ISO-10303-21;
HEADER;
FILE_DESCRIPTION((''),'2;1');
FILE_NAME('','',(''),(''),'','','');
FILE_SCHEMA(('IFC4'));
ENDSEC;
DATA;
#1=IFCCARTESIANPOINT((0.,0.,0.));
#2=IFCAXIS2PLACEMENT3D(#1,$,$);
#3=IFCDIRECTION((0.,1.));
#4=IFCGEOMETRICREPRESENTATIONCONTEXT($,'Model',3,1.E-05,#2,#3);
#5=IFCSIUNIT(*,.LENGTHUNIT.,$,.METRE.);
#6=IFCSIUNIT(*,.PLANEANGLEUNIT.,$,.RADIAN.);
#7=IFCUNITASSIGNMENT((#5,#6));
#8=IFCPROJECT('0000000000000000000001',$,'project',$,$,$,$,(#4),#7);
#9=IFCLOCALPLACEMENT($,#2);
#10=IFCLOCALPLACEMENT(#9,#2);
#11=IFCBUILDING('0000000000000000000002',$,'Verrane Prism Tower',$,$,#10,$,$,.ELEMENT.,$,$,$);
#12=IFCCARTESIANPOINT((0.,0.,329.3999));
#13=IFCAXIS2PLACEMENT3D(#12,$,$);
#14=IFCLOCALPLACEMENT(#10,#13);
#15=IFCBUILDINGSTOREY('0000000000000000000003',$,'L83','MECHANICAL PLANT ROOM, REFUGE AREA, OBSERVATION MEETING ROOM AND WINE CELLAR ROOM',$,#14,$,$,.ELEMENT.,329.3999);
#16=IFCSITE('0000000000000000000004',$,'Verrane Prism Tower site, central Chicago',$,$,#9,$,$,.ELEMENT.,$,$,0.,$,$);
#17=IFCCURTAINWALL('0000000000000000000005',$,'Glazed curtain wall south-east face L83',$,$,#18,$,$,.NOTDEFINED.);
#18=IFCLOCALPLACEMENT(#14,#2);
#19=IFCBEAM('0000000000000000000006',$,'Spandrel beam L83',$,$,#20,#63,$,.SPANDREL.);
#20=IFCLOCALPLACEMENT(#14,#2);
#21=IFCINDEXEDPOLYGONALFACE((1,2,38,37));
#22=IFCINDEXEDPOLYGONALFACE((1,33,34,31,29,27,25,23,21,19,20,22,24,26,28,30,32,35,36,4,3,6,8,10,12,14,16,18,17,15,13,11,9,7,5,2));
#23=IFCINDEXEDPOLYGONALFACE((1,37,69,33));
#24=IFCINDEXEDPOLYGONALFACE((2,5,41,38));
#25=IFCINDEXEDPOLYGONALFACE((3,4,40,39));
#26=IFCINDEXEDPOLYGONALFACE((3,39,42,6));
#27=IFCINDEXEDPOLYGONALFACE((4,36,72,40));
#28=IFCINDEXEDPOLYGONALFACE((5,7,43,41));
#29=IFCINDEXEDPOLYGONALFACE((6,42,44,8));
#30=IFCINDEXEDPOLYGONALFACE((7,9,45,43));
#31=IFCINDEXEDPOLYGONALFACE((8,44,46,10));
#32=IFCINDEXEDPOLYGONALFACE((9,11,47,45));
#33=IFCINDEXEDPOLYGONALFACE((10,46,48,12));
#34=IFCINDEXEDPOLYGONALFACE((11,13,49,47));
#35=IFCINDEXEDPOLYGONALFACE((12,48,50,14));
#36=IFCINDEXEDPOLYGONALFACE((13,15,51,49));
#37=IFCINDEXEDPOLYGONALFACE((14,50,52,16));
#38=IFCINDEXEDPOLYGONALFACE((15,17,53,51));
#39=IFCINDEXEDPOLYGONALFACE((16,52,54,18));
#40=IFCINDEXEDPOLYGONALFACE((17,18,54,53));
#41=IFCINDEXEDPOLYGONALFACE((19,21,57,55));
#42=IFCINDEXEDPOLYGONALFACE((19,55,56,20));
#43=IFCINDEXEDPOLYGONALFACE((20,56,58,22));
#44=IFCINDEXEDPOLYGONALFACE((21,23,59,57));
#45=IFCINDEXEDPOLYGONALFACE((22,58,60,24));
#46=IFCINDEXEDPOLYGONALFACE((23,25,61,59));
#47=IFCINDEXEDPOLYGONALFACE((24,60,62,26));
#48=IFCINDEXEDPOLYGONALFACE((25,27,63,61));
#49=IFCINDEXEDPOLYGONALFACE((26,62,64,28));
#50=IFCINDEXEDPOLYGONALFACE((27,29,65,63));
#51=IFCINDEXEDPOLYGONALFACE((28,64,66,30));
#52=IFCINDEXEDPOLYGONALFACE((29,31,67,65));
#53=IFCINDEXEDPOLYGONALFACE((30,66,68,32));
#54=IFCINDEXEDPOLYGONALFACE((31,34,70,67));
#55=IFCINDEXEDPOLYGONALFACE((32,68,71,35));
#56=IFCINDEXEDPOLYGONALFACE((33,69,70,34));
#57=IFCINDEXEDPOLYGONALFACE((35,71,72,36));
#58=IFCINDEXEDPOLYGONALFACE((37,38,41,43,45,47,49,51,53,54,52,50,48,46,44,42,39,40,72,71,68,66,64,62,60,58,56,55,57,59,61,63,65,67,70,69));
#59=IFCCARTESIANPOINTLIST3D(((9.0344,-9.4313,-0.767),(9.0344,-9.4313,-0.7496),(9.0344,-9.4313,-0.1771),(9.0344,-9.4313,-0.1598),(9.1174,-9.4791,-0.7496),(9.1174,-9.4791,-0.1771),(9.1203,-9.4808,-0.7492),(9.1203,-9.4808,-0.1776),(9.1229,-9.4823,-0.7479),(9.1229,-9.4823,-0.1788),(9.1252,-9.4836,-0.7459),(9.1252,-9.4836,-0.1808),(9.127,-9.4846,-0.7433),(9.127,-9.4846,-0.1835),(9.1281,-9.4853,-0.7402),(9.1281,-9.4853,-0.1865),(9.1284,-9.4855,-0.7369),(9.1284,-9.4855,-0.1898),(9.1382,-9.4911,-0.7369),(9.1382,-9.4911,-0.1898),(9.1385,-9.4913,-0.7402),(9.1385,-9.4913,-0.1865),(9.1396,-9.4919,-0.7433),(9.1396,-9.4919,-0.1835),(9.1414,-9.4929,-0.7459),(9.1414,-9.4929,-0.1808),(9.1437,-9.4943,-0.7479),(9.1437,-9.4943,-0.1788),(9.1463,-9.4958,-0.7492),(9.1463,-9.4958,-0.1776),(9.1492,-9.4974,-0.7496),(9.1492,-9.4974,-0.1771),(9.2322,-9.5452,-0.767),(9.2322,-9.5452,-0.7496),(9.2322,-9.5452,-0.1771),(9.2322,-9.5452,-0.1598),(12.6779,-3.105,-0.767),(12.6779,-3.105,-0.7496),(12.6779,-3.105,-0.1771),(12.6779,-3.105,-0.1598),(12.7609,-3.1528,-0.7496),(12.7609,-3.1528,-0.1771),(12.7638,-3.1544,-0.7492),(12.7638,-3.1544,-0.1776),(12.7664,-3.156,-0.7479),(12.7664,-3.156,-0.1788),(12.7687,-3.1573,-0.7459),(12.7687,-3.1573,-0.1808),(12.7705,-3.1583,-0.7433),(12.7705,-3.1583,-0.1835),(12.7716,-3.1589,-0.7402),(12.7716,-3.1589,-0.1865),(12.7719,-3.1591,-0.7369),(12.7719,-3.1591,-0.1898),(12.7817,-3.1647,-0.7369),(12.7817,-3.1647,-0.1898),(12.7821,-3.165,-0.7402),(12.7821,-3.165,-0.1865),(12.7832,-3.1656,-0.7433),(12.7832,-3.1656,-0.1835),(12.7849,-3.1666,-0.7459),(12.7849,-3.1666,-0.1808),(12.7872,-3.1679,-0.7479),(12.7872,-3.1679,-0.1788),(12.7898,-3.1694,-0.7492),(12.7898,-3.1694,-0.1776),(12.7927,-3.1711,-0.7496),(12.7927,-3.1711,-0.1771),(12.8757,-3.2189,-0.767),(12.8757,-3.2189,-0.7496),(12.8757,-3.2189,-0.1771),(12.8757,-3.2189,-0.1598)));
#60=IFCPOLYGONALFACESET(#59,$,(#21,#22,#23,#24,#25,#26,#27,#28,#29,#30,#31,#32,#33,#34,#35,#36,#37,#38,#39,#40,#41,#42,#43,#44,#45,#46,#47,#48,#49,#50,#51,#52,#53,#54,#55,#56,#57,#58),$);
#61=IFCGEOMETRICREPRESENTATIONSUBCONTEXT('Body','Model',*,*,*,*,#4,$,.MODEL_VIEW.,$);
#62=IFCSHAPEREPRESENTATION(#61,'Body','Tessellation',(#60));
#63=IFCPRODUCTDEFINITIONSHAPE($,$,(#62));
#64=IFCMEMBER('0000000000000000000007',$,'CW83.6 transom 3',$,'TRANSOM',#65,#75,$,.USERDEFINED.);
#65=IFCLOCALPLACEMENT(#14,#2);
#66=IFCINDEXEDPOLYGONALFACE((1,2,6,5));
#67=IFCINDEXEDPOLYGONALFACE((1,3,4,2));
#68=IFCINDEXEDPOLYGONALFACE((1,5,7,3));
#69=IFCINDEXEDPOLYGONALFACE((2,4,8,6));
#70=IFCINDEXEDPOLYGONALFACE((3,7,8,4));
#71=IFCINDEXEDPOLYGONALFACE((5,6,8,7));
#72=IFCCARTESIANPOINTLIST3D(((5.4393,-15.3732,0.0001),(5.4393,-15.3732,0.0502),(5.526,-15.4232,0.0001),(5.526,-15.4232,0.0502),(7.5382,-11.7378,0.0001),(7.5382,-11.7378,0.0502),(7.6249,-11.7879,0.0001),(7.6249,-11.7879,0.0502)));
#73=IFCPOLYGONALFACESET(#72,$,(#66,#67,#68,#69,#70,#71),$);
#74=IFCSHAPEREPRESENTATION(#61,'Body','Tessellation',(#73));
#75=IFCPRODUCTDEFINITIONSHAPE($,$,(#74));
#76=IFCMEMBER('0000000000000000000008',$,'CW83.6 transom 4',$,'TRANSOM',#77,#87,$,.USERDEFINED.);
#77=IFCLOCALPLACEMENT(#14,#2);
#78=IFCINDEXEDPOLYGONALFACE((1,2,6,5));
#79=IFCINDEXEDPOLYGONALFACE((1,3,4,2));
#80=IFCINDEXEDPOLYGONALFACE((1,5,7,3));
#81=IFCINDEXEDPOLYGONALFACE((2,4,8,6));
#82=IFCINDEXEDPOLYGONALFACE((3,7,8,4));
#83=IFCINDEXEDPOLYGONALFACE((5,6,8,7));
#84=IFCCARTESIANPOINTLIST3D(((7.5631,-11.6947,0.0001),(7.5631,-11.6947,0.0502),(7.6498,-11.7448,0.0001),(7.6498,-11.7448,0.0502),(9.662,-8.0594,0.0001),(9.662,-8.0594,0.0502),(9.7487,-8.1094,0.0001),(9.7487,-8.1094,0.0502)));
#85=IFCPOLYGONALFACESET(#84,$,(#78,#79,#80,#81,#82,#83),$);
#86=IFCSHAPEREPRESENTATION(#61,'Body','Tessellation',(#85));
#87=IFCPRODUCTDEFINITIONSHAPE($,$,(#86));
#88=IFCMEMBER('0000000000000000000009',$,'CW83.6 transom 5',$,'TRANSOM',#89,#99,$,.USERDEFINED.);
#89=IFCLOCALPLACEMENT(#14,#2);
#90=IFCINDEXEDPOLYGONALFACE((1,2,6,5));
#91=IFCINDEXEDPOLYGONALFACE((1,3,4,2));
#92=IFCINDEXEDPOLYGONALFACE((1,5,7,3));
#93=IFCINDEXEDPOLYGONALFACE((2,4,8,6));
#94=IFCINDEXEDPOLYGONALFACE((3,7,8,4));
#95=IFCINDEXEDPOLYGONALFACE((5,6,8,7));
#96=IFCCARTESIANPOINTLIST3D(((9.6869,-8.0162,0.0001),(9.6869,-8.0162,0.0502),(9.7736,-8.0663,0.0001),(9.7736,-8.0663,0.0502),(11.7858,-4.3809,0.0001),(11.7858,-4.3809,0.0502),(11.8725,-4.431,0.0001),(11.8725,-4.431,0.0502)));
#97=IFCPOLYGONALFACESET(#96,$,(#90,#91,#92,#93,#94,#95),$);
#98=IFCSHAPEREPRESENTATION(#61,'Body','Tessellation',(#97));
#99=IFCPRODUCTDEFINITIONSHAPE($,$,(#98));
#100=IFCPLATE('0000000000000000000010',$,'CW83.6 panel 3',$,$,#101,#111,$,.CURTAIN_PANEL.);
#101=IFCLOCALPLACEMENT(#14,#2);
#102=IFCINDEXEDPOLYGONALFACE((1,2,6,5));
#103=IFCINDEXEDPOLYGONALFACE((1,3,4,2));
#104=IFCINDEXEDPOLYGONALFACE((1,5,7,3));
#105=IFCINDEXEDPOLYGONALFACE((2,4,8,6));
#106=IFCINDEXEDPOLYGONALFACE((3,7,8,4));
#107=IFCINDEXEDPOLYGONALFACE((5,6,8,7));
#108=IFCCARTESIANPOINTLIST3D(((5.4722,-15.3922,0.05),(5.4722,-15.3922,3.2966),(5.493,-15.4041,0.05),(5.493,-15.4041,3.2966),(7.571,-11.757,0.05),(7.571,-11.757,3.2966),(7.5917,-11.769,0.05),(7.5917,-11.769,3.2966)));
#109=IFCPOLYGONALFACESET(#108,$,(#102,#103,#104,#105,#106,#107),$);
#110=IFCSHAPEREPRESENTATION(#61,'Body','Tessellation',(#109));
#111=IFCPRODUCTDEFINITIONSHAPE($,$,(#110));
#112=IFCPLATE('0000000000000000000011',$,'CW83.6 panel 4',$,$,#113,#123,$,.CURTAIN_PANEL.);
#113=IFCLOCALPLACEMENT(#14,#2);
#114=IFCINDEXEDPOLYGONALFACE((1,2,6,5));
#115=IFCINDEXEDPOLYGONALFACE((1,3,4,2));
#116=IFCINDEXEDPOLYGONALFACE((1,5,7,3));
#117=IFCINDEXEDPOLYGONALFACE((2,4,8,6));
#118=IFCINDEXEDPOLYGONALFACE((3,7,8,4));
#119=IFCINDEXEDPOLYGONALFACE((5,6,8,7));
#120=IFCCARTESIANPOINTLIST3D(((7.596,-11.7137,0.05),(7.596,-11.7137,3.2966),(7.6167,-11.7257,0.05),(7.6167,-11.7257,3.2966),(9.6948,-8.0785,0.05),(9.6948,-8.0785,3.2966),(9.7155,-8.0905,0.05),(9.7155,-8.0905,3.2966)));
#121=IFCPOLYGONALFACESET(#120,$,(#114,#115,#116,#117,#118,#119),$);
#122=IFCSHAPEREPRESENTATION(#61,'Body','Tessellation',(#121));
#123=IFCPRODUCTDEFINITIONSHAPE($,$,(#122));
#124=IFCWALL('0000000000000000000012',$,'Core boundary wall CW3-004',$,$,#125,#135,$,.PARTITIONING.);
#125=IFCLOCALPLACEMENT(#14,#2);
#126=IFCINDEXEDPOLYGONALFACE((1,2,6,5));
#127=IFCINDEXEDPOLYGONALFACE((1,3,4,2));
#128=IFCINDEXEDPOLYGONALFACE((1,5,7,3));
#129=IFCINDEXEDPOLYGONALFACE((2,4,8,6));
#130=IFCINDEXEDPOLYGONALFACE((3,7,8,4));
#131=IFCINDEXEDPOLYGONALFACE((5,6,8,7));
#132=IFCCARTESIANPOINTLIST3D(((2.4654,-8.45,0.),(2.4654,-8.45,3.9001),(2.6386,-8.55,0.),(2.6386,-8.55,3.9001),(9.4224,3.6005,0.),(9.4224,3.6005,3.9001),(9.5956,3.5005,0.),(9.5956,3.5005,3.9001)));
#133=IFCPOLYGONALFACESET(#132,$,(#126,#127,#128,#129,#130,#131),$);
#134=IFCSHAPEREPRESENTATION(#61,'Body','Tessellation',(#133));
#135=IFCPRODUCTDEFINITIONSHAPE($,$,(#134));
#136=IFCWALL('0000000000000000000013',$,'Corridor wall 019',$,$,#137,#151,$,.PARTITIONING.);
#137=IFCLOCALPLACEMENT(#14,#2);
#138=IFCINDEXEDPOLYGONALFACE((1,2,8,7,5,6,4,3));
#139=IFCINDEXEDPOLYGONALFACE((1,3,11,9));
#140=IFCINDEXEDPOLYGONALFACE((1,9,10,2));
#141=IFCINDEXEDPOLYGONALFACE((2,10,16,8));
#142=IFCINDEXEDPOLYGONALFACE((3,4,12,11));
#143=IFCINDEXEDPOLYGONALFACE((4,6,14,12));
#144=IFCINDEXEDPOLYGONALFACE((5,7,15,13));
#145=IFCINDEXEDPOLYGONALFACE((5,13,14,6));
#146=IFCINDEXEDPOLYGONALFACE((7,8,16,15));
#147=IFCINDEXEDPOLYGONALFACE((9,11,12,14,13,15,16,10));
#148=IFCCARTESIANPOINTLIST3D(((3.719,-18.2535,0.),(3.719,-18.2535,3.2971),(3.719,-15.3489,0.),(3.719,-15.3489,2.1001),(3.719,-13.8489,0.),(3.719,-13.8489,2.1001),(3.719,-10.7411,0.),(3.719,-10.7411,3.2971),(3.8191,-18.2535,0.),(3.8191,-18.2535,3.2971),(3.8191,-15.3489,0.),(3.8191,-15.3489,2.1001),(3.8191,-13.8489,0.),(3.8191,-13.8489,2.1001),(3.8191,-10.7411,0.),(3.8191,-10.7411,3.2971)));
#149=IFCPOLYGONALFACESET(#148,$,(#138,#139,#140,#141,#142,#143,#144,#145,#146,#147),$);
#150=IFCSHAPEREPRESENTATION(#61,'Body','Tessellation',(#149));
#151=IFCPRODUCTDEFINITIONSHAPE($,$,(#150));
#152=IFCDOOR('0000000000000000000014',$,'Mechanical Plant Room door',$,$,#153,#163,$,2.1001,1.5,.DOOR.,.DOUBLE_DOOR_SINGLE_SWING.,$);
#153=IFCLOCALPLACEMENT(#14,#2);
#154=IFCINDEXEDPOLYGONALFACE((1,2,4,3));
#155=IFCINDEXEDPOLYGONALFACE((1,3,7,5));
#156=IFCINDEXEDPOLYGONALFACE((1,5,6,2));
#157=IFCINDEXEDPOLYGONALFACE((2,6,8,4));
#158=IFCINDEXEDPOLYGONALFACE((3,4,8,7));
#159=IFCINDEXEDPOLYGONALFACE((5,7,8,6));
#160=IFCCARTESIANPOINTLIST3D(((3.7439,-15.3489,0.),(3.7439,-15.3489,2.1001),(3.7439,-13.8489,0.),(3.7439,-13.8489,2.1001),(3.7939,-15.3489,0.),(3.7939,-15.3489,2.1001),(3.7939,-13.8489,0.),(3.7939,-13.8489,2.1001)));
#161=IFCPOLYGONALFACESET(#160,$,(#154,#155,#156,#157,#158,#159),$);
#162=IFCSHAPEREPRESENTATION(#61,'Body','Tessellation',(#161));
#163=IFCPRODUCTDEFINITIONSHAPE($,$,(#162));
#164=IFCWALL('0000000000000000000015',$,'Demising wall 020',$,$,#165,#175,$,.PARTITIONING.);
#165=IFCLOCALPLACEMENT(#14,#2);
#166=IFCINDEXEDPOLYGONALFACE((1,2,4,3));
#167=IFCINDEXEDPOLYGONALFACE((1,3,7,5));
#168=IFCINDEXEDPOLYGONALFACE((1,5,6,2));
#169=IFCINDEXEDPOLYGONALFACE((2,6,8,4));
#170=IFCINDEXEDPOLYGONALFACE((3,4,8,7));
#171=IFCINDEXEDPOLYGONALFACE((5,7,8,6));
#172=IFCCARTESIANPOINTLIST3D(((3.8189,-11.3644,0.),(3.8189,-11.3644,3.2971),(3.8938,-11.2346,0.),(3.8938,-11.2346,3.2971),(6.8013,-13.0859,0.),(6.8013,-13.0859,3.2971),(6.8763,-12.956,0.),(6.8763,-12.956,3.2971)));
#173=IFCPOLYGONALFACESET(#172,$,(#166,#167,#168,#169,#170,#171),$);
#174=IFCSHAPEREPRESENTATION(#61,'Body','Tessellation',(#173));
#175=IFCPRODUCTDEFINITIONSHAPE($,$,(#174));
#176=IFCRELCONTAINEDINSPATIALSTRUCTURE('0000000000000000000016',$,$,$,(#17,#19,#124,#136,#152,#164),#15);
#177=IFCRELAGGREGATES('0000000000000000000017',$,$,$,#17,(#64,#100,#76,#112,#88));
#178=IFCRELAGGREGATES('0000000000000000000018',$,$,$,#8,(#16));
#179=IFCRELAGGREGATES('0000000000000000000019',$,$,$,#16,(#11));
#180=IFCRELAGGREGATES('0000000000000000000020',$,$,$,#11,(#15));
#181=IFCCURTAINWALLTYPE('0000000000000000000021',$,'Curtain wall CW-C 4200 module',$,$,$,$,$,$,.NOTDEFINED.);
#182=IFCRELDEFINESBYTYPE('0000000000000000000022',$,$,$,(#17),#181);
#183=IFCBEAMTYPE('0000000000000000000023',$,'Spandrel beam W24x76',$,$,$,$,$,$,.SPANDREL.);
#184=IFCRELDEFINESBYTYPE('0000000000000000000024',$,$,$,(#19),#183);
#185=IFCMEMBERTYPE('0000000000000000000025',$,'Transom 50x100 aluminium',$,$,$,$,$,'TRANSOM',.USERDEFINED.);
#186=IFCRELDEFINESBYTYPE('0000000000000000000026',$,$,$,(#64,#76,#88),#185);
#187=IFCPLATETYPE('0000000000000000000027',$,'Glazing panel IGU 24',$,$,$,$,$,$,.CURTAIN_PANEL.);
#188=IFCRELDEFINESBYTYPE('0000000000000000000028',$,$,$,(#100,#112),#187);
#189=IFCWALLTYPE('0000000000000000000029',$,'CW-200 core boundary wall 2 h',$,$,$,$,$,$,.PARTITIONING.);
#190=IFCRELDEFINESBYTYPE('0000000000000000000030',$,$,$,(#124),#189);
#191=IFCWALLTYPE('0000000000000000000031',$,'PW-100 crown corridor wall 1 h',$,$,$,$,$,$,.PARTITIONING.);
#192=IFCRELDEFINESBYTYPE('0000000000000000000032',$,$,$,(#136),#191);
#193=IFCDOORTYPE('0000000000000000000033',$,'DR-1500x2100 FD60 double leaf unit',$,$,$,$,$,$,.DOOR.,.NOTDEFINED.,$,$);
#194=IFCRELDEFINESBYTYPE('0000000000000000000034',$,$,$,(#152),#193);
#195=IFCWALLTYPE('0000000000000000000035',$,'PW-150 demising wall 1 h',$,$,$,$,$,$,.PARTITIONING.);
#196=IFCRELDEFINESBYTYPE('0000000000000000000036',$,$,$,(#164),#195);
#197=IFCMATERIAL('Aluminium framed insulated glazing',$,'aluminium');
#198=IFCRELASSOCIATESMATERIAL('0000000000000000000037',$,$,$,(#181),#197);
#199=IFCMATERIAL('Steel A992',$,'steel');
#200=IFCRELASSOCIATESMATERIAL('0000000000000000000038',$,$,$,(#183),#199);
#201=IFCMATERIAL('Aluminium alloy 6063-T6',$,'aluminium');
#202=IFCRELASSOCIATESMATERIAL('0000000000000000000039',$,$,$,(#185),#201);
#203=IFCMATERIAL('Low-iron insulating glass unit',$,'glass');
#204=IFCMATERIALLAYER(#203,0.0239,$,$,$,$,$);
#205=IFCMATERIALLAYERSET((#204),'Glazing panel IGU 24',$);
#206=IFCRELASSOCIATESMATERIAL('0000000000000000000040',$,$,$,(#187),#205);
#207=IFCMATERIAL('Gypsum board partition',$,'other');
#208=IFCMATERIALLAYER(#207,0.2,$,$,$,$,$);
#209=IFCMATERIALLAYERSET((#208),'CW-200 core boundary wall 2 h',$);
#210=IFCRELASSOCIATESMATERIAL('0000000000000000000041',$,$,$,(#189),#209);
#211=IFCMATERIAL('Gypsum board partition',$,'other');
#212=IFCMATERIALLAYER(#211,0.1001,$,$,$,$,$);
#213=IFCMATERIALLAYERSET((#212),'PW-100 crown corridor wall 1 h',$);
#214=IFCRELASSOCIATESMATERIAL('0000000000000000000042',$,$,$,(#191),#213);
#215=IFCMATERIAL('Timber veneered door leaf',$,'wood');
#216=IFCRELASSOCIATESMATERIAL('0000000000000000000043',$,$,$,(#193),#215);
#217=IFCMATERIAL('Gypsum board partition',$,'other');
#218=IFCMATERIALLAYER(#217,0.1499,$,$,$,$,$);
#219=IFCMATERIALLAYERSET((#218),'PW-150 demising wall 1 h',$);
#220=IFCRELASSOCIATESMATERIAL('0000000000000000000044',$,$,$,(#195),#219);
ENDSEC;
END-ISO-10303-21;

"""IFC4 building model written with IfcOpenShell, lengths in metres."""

from ifc_helpers import new_model, si_unit, direction, frame, frame_2d, origin, origin_2d, place, context, subcontext, project, spatial, rectangle, i_section, extrude, material, layer, layer_set, material_profile, profile_set, type_object, element, fill, aggregate, save


model = new_model("IFC4")

# Units and contexts
model_context = context("Model", 3, precision=1e-05, world=origin(), true_north=direction((0.0, 1.0)))
body_context = subcontext(model_context, "Body", "Model", "MODEL_VIEW")
ifc_project = project(units=[si_unit("LENGTHUNIT", "METRE"), si_unit("PLANEANGLEUNIT", "RADIAN")], contexts=[model_context])

# Site, building, storey
site_placement = place(None, origin())
site = spatial("IfcSite", under=ifc_project, at=site_placement, Name="Verrane Prism Tower site, central Chicago", CompositionType="ELEMENT", RefElevation=0.0)
building_placement = place(site_placement, origin())
building = spatial("IfcBuilding", under=site, at=building_placement, Name="Verrane Prism Tower", CompositionType="ELEMENT")
storey_placement = place(building_placement, frame((0.0, 0.0, 329.3999)))
storey = spatial("IfcBuildingStorey", under=building, at=storey_placement, Name="L83", Description="MECHANICAL PLANT ROOM, REFUGE AREA, OBSERVATION MEETING ROOM AND WINE CELLAR ROOM", CompositionType="ELEMENT", Elevation=329.3999)

# Curtain wall
ifc_material_1 = material(Name="Aluminium framed insulated glazing", Category="aluminium")
curtain_wall_type = type_object("IfcCurtainWallType", Name="Curtain wall CW-C 4200 module", PredefinedType="NOTDEFINED", material=ifc_material_1)
curtain_wall_placement = place(storey_placement, origin())
curtain_wall = element("IfcCurtainWall", 1, at=curtain_wall_placement, inside=storey, type_object=curtain_wall_type, Name="Glazed curtain wall south-east face L83", PredefinedType="NOTDEFINED")

# Beam
ifc_material_2 = material(Name="Steel A992", Category="steel")
ifc_material_profile_1 = material_profile(ifc_material_2, i_section(OverallWidth=0.2283, OverallDepth=0.6072, WebThickness=0.0112, FlangeThickness=0.0173, FilletRadius=0.0127, at=origin_2d()), Name="W24x76")
ifc_profile_set_1 = profile_set([ifc_material_profile_1], Name="Steel A992")
beam_type_1 = type_object("IfcBeamType", Name="Spandrel beam W24x76", PredefinedType="SPANDREL", material=ifc_profile_set_1)
beam_1_placement = place(storey_placement, frame((9.1333, -9.4883, -0.4634), z_axis=(0.499075, 0.866559, 0.0), x_axis=(-0.866559, 0.499075, 0.0)))
element("IfcBeam", 2, at=beam_1_placement, inside=storey, type_object=beam_type_1, Name="Spandrel beam L83", PredefinedType="SPANDREL", context=body_context, shape_type="SweptSolid", body=[
    extrude(i_section(OverallWidth=0.2283, OverallDepth=0.6072, WebThickness=0.0112, FlangeThickness=0.0173, FilletRadius=0.0127, at=origin_2d()), origin(), (0.0, 0.0, 1.0), 7.3005),
])

# Members
ifc_material_3 = material(Name="Aluminium alloy 6063-T6", Category="aluminium")
ifc_material_profile_2 = material_profile(ifc_material_3, rectangle(XDim=0.1001, YDim=0.05, at=origin_2d()), Name="Transom 50x100 aluminium")
ifc_profile_set_2 = profile_set([ifc_material_profile_2], Name="Aluminium alloy 6063-T6")
member_type_1 = type_object("IfcMemberType", Name="Transom 50x100 aluminium", ElementType="TRANSOM", PredefinedType="USERDEFINED", material=ifc_profile_set_2)
member_1_placement = place(storey_placement, frame((5.4827, -15.3982, 0.0251), z_axis=(0.500011, 0.866019, 0.0), x_axis=(-0.866019, 0.500011, 0.0)))
member_1 = element("IfcMember", 3, at=member_1_placement, type_object=member_type_1, Name="CW83.6 transom 3", ObjectType="TRANSOM", PredefinedType="USERDEFINED", context=body_context, shape_type="SweptSolid", body=[
    extrude(rectangle(XDim=0.1001, YDim=0.05, at=origin_2d()), origin(), (0.0, 0.0, 1.0), 4.1978),
])
member_2_placement = place(storey_placement, frame((7.6064, -11.7197, 0.0251), z_axis=(0.500011, 0.866019, 0.0), x_axis=(-0.866019, 0.500011, 0.0)))
member_2 = element("IfcMember", 4, at=member_2_placement, type_object=member_type_1, Name="CW83.6 transom 4", ObjectType="TRANSOM", PredefinedType="USERDEFINED", context=body_context, shape_type="SweptSolid", body=[
    extrude(rectangle(XDim=0.1001, YDim=0.05, at=origin_2d()), origin(), (0.0, 0.0, 1.0), 4.1978),
])
member_3_placement = place(storey_placement, frame((9.7302, -8.0413, 0.0251), z_axis=(0.500011, 0.866019, 0.0), x_axis=(-0.866019, 0.500011, 0.0)))
member_3 = element("IfcMember", 5, at=member_3_placement, type_object=member_type_1, Name="CW83.6 transom 5", ObjectType="TRANSOM", PredefinedType="USERDEFINED", context=body_context, shape_type="SweptSolid", body=[
    extrude(rectangle(XDim=0.1001, YDim=0.05, at=origin_2d()), origin(), (0.0, 0.0, 1.0), 4.1978),
])

# Plates
ifc_material_4 = material(Name="Low-iron insulating glass unit", Category="glass")
ifc_layer_1 = layer(ifc_material_4, 0.0239)
ifc_layer_set_1 = layer_set([ifc_layer_1], Name="Glazing panel IGU 24")
plate_type = type_object("IfcPlateType", Name="Glazing panel IGU 24", PredefinedType="CURTAIN_PANEL", material=ifc_layer_set_1)
plate_1_placement = place(storey_placement, frame((6.532, -13.5806, 0.05), z_axis=(0.0, 0.0, 1.0), x_axis=(0.5, 0.866025, 0.0)))
plate_1 = element("IfcPlate", 6, at=plate_1_placement, type_object=plate_type, Name="CW83.6 panel 3", PredefinedType="CURTAIN_PANEL", context=body_context, shape_type="SweptSolid", body=[
    extrude(rectangle(XDim=4.1975, YDim=0.0239, at=origin_2d()), origin(), (0.0, 0.0, 1.0), 3.2466),
])
plate_2_placement = place(storey_placement, frame((8.6558, -9.9021, 0.05), z_axis=(0.0, 0.0, 1.0), x_axis=(0.5, 0.866025, 0.0)))
plate_2 = element("IfcPlate", 7, at=plate_2_placement, type_object=plate_type, Name="CW83.6 panel 4", PredefinedType="CURTAIN_PANEL", context=body_context, shape_type="SweptSolid", body=[
    extrude(rectangle(XDim=4.1975, YDim=0.0239, at=origin_2d()), origin(), (0.0, 0.0, 1.0), 3.2466),
])
aggregate(curtain_wall, [member_1, plate_1, member_2, plate_2, member_3])

# Wall
ifc_material_5 = material(Name="Gypsum board partition", Category="other")
ifc_layer_2 = layer(ifc_material_5, 0.2)
ifc_layer_set_2 = layer_set([ifc_layer_2], Name="CW-200 core boundary wall 2 h")
wall_type_1 = type_object("IfcWallType", Name="CW-200 core boundary wall 2 h", PredefinedType="PARTITIONING", material=ifc_layer_set_2)
wall_1_placement = place(storey_placement, frame((2.552, -8.5, 0.0), z_axis=(0.0, 0.0, 1.0), x_axis=(0.499981, 0.866036, 0.0)))
element("IfcWall", 8, at=wall_1_placement, inside=storey, type_object=wall_type_1, Name="Core boundary wall CW3-004", PredefinedType="PARTITIONING", context=body_context, shape_type="SweptSolid", body=[
    extrude(rectangle(XDim=13.9146, YDim=0.2, at=frame_2d((6.9573, 0.0))), origin(), (0.0, 0.0, 1.0), 3.9001),
])

# Wall, opening, door
ifc_material_6 = material(Name="Gypsum board partition", Category="other")
ifc_layer_3 = layer(ifc_material_6, 0.1001)
ifc_layer_set_3 = layer_set([ifc_layer_3], Name="PW-100 crown corridor wall 1 h")
wall_type_2 = type_object("IfcWallType", Name="PW-100 crown corridor wall 1 h", PredefinedType="PARTITIONING", material=ifc_layer_set_3)
wall_2_placement = place(storey_placement, frame((3.769, -10.741, 0.0), z_axis=(0.0, 0.0, 1.0), x_axis=(0.0, -1.0, 0.0)))
wall_2 = element("IfcWall", 9, at=wall_2_placement, inside=storey, type_object=wall_type_2, Name="Corridor wall 019", PredefinedType="PARTITIONING", context=body_context, shape_type="SweptSolid", body=[
    extrude(rectangle(XDim=7.5125, YDim=0.1001, at=frame_2d((3.7563, 0.0))), origin(), (0.0, 0.0, 1.0), 3.2971),
])
opening_placement = place(wall_2_placement, frame((3.1079, 0.0, 0.0)))
opening = element("IfcOpeningElement", 10, at=opening_placement, cuts=wall_2, PredefinedType="OPENING", context=body_context, shape_type="SweptSolid", body=[
    extrude(rectangle(XDim=1.5, YDim=2.1001, at=frame_2d((0.75, 1.05))), frame((0.0, 0.0601, 0.0), z_axis=(0.0, -1.0, 0.0), x_axis=(1.0, 0.0, 0.0)), (0.0, 0.0, 1.0), 0.1201),
])
ifc_material_7 = material(Name="Timber veneered door leaf", Category="wood")
door_type = type_object("IfcDoorType", Name="DR-1500x2100 FD60 double leaf unit", OperationType="NOTDEFINED", PredefinedType="DOOR", material=ifc_material_7)
door_placement = place(opening_placement, origin())
door = element("IfcDoor", 11, at=door_placement, inside=storey, type_object=door_type, Name="Mechanical Plant Room door", OperationType="DOUBLE_DOOR_SINGLE_SWING", OverallHeight=2.1001, OverallWidth=1.5, PredefinedType="DOOR", context=body_context, shape_type="SweptSolid", body=[
    extrude(rectangle(XDim=1.5, YDim=2.1001, at=frame_2d((0.75, 1.05))), frame((0.0, 0.0249, 0.0), z_axis=(0.0, -1.0, 0.0), x_axis=(1.0, 0.0, 0.0)), (0.0, 0.0, 1.0), 0.05),
])
fill(opening, door)

# Wall
ifc_material_8 = material(Name="Gypsum board partition", Category="other")
ifc_layer_4 = layer(ifc_material_8, 0.1499)
ifc_layer_set_4 = layer_set([ifc_layer_4], Name="PW-150 demising wall 1 h")
wall_type_3 = type_object("IfcWallType", Name="PW-150 demising wall 1 h", PredefinedType="PARTITIONING", material=ifc_layer_set_4)
wall_3_placement = place(storey_placement, frame((3.8564, -11.2996, 0.0), z_axis=(0.0, 0.0, 1.0), x_axis=(0.866084, -0.499898, 0.0)))
element("IfcWall", 12, at=wall_3_placement, inside=storey, type_object=wall_type_3, Name="Demising wall 020", PredefinedType="PARTITIONING", context=body_context, shape_type="SweptSolid", body=[
    extrude(rectangle(XDim=3.4436, YDim=0.1499, at=frame_2d((1.7217, 0.0))), origin(), (0.0, 0.0, 1.0), 3.2971),
])

save(model, "model.ifc")
